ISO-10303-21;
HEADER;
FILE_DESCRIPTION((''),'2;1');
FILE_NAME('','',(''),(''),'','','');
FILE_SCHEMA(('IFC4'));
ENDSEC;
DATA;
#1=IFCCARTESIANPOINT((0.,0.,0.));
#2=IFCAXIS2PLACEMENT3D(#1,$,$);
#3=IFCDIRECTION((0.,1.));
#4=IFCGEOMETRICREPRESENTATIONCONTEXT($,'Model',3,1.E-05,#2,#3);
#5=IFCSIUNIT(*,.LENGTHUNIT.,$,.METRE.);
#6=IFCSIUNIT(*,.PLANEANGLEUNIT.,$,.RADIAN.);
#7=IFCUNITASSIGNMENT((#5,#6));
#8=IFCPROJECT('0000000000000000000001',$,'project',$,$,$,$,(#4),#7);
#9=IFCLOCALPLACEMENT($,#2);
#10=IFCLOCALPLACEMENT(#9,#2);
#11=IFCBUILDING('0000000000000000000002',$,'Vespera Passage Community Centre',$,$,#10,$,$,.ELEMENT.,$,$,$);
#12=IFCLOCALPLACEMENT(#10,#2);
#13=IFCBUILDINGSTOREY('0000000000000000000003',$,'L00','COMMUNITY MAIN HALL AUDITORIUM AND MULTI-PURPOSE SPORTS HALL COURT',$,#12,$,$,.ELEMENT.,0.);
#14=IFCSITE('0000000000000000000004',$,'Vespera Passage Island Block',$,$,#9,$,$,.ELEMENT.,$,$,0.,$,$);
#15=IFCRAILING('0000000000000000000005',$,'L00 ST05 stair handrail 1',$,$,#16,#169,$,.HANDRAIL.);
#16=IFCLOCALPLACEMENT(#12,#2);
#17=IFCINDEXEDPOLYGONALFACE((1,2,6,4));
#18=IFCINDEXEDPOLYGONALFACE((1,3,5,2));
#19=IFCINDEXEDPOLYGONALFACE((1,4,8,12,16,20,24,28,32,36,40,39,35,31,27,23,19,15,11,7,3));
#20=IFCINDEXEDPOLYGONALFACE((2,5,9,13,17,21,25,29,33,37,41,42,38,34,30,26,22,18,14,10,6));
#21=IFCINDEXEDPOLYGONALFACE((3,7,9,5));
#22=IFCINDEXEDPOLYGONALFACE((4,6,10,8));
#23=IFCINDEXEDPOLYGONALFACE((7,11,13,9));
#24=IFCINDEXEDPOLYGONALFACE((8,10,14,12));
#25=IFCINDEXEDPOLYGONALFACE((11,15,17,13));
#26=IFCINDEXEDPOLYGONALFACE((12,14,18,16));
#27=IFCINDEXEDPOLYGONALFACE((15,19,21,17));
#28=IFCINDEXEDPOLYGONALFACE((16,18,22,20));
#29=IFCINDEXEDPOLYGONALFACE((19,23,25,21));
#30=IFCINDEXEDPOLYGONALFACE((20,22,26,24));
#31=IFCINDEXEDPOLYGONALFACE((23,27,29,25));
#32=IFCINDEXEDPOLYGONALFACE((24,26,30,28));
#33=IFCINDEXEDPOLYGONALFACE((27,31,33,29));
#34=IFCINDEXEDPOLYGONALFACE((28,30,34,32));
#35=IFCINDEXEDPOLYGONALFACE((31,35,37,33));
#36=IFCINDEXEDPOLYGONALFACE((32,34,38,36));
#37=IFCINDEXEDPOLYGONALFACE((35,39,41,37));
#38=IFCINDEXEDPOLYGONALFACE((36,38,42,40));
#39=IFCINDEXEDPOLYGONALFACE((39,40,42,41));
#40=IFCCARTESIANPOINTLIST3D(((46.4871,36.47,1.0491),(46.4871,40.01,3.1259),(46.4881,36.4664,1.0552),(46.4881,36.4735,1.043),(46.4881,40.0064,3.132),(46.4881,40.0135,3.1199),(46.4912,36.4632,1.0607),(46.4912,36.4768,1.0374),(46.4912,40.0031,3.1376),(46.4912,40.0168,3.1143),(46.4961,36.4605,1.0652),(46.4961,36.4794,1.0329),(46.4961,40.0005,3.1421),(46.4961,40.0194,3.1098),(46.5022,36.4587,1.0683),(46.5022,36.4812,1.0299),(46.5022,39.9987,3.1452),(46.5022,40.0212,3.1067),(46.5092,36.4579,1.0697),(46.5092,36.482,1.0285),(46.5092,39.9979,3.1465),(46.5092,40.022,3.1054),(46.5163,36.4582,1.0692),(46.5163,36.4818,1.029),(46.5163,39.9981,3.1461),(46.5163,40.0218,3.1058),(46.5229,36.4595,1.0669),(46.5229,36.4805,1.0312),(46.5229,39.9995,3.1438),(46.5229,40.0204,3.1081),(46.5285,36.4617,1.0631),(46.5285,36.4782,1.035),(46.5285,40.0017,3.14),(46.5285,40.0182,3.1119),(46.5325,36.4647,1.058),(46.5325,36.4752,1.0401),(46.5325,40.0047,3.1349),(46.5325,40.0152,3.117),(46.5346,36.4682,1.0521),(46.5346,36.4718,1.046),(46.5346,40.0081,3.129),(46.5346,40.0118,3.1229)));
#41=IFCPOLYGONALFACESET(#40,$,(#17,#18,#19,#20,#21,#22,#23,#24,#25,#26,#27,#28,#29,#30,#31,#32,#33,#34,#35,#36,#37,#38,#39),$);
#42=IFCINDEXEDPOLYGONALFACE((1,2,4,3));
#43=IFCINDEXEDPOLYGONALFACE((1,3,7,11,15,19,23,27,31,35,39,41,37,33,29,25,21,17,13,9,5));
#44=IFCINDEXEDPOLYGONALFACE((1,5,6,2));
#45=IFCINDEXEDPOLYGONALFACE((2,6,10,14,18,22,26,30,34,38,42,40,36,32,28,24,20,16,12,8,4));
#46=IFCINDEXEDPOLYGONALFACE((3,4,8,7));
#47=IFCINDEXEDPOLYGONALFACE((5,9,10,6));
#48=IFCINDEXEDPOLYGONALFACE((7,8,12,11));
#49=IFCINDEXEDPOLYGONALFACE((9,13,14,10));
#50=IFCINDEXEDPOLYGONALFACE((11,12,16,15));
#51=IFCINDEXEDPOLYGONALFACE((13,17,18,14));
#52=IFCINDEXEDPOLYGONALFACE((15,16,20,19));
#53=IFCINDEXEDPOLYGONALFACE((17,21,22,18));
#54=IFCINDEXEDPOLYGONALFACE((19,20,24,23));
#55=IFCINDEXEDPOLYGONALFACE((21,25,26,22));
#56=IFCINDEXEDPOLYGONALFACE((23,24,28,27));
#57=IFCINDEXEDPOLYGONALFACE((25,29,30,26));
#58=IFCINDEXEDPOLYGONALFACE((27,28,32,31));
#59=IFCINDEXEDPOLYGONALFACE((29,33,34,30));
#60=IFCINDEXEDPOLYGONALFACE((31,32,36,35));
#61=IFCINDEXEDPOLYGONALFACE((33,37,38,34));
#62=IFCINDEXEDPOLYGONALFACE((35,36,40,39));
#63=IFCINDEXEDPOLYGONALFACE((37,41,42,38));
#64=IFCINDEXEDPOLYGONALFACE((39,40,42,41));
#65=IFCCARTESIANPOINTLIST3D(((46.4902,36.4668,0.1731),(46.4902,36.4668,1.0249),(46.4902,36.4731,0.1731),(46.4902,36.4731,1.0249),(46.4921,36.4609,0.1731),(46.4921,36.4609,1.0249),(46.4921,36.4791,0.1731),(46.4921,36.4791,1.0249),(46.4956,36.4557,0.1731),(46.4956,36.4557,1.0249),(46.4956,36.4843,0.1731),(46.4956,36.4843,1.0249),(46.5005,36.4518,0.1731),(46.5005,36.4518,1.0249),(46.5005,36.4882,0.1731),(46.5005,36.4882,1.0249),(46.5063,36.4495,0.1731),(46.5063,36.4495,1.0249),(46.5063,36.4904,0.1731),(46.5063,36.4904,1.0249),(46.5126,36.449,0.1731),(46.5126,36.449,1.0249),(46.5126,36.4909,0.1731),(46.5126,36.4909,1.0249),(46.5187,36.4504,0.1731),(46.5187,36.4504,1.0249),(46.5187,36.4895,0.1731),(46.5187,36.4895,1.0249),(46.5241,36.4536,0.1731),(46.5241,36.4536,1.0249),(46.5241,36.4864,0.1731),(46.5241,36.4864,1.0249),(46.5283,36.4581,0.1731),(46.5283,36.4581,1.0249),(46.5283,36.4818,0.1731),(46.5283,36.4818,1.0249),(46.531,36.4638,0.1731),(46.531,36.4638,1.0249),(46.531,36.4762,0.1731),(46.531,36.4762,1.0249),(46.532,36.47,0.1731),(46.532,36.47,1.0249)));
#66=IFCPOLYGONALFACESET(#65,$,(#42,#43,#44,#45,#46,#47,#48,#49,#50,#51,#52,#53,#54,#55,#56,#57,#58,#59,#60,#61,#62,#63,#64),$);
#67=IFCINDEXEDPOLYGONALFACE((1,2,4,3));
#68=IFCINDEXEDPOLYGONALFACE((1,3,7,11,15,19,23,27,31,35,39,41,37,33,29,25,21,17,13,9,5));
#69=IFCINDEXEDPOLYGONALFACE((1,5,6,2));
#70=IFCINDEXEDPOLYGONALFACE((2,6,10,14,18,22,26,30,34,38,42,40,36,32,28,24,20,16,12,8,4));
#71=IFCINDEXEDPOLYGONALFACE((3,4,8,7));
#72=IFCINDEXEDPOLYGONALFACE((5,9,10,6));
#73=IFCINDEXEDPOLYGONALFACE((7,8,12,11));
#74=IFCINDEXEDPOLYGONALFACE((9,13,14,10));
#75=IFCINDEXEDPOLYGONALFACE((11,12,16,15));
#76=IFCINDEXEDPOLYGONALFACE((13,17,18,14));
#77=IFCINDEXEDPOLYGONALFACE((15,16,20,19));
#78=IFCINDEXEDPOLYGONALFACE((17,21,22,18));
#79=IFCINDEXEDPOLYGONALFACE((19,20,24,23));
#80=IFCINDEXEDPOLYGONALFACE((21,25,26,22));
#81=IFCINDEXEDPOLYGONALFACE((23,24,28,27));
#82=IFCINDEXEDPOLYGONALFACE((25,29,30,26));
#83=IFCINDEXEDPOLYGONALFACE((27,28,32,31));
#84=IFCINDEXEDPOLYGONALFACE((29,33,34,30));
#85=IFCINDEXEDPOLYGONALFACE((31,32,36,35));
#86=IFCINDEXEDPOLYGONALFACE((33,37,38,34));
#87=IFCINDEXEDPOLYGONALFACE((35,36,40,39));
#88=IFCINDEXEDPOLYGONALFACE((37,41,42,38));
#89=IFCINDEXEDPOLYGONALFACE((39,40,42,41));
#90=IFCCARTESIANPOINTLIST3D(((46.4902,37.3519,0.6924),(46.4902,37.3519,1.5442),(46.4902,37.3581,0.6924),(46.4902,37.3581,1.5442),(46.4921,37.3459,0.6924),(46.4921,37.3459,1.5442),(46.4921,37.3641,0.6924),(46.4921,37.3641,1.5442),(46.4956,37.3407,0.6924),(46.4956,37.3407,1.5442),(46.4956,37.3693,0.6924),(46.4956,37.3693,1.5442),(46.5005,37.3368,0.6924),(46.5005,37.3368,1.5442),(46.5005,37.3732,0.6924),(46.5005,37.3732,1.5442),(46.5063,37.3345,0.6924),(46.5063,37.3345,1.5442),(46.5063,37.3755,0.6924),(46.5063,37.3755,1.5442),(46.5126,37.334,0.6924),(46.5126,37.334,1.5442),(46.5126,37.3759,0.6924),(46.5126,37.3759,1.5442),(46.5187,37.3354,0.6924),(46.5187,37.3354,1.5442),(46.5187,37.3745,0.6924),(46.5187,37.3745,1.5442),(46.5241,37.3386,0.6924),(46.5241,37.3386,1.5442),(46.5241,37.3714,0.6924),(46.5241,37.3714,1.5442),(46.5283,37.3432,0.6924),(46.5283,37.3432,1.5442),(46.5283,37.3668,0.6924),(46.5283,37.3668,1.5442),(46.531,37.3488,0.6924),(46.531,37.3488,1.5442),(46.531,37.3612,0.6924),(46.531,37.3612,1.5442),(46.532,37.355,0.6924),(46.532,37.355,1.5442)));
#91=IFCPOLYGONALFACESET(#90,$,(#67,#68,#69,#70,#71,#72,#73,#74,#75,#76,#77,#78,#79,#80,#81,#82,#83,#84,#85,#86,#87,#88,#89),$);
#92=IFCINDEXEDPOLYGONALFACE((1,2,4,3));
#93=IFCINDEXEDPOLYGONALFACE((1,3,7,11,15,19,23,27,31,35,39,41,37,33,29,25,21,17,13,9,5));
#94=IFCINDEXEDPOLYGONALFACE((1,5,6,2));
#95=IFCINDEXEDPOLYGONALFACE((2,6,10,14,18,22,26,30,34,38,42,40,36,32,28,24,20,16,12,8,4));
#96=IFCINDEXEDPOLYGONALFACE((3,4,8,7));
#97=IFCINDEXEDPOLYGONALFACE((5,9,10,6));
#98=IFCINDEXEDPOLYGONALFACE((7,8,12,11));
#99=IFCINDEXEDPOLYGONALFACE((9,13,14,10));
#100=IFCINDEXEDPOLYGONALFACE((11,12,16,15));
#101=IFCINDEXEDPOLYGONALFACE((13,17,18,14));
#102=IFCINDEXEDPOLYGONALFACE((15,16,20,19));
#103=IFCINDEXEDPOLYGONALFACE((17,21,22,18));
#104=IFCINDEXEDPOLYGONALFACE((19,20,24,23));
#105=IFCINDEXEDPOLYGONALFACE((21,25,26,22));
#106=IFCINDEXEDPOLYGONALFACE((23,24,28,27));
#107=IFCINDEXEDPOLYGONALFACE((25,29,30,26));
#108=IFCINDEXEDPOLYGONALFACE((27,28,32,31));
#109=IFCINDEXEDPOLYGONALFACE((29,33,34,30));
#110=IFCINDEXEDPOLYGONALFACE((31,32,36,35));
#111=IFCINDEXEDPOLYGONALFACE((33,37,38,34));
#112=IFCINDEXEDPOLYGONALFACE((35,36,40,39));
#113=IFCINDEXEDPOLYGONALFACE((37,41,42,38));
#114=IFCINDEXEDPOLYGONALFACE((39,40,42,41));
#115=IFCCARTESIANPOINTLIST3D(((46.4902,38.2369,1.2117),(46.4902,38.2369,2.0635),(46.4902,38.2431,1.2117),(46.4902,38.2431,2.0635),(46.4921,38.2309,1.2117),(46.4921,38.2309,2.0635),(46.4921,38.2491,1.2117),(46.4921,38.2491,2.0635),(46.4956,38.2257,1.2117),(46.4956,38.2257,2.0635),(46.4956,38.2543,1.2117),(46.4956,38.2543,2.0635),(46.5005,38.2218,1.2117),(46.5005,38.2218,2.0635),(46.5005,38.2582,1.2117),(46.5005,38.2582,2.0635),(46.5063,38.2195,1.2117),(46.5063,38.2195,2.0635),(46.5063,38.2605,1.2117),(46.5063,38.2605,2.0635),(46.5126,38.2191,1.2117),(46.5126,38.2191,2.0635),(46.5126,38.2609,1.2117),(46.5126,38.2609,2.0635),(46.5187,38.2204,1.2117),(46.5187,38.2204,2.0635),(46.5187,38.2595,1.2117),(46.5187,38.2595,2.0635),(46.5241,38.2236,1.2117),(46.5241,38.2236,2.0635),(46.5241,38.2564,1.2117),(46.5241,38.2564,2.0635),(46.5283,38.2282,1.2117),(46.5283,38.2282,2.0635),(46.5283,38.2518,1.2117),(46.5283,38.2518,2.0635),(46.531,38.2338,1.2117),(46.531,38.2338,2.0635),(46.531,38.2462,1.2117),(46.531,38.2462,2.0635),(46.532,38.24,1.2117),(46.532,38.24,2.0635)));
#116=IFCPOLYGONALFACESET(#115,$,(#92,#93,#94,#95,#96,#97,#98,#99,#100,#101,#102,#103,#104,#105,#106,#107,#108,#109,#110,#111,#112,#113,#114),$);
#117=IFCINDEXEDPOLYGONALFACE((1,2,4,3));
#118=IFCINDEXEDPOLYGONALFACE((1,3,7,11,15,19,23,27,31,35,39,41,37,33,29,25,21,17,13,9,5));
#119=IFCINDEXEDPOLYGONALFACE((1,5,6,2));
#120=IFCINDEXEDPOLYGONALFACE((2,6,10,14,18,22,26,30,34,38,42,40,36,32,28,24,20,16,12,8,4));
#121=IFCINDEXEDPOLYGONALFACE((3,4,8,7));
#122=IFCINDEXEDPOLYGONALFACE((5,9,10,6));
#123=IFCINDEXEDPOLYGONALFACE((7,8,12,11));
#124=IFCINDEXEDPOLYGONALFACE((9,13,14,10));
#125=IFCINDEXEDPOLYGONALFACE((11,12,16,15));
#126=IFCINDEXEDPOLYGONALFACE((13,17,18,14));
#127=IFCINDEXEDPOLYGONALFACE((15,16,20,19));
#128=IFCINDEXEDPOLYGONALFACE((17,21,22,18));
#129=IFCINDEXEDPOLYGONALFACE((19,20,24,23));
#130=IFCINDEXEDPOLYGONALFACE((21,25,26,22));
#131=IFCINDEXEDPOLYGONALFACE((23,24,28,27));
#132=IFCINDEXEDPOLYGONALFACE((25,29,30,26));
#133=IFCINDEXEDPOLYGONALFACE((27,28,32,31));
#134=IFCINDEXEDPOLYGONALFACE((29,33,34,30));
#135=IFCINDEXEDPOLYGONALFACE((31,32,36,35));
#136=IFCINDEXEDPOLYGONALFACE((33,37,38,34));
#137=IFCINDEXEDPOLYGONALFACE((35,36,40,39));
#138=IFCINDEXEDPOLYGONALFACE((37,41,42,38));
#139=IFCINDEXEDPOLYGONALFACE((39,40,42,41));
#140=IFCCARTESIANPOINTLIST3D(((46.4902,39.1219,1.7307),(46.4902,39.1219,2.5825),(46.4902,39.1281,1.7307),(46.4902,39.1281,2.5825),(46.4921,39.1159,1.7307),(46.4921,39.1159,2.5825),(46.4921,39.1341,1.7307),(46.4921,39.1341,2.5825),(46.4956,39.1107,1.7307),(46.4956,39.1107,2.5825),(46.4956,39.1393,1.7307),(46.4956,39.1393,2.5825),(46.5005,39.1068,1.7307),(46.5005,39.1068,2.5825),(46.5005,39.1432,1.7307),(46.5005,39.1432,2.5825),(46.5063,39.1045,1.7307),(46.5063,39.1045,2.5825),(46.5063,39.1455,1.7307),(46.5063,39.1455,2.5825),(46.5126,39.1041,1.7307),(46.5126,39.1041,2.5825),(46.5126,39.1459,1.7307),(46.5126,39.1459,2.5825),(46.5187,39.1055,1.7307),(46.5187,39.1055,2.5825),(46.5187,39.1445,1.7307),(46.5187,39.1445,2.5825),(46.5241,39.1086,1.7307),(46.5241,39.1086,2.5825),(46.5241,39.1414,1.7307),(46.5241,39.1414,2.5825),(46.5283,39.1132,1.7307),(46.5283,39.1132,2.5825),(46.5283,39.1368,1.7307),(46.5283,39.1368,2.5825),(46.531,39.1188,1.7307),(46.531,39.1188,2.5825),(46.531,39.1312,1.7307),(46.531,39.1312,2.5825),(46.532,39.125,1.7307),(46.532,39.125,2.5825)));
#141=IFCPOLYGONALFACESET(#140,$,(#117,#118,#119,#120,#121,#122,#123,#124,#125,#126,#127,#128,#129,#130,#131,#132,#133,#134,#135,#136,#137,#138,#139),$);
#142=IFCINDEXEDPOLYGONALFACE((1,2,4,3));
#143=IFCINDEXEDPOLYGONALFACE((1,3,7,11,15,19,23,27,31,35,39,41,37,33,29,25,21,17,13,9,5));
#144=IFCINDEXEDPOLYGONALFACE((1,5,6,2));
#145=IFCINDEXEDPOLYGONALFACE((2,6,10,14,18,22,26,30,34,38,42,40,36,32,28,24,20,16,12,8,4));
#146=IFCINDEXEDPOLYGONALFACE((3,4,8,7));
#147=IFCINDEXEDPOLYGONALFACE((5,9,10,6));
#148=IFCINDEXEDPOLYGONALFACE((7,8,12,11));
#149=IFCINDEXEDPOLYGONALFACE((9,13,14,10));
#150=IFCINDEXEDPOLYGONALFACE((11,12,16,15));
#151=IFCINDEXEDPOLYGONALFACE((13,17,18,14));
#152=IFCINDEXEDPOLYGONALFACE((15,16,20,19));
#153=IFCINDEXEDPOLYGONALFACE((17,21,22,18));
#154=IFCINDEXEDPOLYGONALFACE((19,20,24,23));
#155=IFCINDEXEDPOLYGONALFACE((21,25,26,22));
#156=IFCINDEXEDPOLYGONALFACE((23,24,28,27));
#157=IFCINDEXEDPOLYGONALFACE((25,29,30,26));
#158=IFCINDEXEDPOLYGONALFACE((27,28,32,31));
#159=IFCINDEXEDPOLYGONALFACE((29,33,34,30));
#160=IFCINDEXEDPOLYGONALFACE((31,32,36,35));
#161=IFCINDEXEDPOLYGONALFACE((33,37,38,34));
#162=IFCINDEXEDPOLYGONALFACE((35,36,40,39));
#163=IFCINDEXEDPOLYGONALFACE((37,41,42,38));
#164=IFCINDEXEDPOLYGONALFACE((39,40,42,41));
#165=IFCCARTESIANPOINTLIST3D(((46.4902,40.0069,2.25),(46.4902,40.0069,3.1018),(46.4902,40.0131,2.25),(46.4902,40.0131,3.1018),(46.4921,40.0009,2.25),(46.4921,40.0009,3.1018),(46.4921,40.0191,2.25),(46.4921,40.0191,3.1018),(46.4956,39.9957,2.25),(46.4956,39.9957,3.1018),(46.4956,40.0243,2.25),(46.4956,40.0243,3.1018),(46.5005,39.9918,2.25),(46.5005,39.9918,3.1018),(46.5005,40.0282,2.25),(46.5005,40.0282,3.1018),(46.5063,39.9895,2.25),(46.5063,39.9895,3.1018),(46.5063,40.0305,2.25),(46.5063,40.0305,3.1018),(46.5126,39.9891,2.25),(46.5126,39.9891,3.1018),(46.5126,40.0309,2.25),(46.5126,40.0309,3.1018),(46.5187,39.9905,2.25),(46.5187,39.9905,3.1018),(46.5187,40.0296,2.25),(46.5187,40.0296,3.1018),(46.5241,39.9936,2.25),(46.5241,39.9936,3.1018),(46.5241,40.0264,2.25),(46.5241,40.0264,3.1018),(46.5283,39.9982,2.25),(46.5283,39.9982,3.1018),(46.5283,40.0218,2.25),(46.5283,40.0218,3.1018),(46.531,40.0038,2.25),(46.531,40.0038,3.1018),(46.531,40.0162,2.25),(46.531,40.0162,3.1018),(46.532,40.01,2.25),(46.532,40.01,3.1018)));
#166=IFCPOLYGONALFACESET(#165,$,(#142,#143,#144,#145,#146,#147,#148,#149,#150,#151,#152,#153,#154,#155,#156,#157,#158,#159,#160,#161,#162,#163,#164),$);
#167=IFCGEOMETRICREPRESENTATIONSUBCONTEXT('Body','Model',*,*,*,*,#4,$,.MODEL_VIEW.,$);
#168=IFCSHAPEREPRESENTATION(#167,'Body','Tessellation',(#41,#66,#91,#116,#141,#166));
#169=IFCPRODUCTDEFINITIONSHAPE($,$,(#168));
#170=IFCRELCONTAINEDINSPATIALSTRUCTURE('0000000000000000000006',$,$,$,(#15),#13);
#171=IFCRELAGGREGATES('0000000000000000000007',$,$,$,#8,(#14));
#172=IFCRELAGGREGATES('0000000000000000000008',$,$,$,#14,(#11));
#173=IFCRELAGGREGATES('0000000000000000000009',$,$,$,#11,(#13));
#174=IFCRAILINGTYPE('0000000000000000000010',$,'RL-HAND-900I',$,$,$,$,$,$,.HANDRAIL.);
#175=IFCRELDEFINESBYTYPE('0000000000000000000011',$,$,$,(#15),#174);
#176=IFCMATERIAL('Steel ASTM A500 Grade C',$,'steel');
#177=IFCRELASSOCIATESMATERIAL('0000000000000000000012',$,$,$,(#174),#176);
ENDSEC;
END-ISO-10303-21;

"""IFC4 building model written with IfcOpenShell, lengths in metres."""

from ifc_helpers import new_model, si_unit, direction, frame, origin, origin_2d, place, context, subcontext, project, spatial, circle, extrude, material, type_object, element, save


model = new_model("IFC4")

# Units and contexts
model_context = context("Model", 3, precision=1e-05, world=origin(), true_north=direction((0.0, 1.0)))
body_context = subcontext(model_context, "Body", "Model", "MODEL_VIEW")
ifc_project = project(units=[si_unit("LENGTHUNIT", "METRE"), si_unit("PLANEANGLEUNIT", "RADIAN")], contexts=[model_context])

# Site, building, storey
site_placement = place(None, origin())
site = spatial("IfcSite", under=ifc_project, at=site_placement, Name="Vespera Passage Island Block", CompositionType="ELEMENT", RefElevation=0.0)
building_placement = place(site_placement, origin())
building = spatial("IfcBuilding", under=site, at=building_placement, Name="Vespera Passage Community Centre", CompositionType="ELEMENT")
storey_placement = place(building_placement, origin())
storey = spatial("IfcBuildingStorey", under=building, at=storey_placement, Name="L00", Description="COMMUNITY MAIN HALL AUDITORIUM AND MULTI-PURPOSE SPORTS HALL COURT", CompositionType="ELEMENT", Elevation=0.0)

# Railing
ifc_material_1 = material(Name="Steel ASTM A500 Grade C", Category="steel")
railing_type = type_object("IfcRailingType", Name="RL-HAND-900I", PredefinedType="HANDRAIL", material=ifc_material_1)
railing_placement = place(storey_placement, frame((46.511, 36.47, 0.1731)))
element("IfcRailing", 1, at=railing_placement, inside=storey, type_object=railing_type, Name="L00 ST05 stair handrail 1", PredefinedType="HANDRAIL", context=body_context, shape_type="SweptSolid", body=[
    extrude(circle(Radius=0.0239, at=origin_2d()), frame((0.0, 0.0, 0.876), z_axis=(0.0, 0.862516, 0.506029), x_axis=(-1.0, 0.0, 0.0)), (0.0, 0.0, 1.0), 4.1042),
    extrude(circle(Radius=0.021, at=origin_2d()), origin(), (0.0, 0.0, 1.0), 0.8518),
    extrude(circle(Radius=0.021, at=origin_2d()), frame((0.0, 0.885, 0.5193)), (0.0, 0.0, 1.0), 0.8518),
    extrude(circle(Radius=0.021, at=origin_2d()), frame((0.0, 1.77, 1.0386)), (0.0, 0.0, 1.0), 0.8518),
    extrude(circle(Radius=0.021, at=origin_2d()), frame((0.0, 2.655, 1.5576)), (0.0, 0.0, 1.0), 0.8518),
    extrude(circle(Radius=0.021, at=origin_2d()), frame((0.0, 3.54, 2.0769)), (0.0, 0.0, 1.0), 0.8518),
])

save(model, "model.ifc")
